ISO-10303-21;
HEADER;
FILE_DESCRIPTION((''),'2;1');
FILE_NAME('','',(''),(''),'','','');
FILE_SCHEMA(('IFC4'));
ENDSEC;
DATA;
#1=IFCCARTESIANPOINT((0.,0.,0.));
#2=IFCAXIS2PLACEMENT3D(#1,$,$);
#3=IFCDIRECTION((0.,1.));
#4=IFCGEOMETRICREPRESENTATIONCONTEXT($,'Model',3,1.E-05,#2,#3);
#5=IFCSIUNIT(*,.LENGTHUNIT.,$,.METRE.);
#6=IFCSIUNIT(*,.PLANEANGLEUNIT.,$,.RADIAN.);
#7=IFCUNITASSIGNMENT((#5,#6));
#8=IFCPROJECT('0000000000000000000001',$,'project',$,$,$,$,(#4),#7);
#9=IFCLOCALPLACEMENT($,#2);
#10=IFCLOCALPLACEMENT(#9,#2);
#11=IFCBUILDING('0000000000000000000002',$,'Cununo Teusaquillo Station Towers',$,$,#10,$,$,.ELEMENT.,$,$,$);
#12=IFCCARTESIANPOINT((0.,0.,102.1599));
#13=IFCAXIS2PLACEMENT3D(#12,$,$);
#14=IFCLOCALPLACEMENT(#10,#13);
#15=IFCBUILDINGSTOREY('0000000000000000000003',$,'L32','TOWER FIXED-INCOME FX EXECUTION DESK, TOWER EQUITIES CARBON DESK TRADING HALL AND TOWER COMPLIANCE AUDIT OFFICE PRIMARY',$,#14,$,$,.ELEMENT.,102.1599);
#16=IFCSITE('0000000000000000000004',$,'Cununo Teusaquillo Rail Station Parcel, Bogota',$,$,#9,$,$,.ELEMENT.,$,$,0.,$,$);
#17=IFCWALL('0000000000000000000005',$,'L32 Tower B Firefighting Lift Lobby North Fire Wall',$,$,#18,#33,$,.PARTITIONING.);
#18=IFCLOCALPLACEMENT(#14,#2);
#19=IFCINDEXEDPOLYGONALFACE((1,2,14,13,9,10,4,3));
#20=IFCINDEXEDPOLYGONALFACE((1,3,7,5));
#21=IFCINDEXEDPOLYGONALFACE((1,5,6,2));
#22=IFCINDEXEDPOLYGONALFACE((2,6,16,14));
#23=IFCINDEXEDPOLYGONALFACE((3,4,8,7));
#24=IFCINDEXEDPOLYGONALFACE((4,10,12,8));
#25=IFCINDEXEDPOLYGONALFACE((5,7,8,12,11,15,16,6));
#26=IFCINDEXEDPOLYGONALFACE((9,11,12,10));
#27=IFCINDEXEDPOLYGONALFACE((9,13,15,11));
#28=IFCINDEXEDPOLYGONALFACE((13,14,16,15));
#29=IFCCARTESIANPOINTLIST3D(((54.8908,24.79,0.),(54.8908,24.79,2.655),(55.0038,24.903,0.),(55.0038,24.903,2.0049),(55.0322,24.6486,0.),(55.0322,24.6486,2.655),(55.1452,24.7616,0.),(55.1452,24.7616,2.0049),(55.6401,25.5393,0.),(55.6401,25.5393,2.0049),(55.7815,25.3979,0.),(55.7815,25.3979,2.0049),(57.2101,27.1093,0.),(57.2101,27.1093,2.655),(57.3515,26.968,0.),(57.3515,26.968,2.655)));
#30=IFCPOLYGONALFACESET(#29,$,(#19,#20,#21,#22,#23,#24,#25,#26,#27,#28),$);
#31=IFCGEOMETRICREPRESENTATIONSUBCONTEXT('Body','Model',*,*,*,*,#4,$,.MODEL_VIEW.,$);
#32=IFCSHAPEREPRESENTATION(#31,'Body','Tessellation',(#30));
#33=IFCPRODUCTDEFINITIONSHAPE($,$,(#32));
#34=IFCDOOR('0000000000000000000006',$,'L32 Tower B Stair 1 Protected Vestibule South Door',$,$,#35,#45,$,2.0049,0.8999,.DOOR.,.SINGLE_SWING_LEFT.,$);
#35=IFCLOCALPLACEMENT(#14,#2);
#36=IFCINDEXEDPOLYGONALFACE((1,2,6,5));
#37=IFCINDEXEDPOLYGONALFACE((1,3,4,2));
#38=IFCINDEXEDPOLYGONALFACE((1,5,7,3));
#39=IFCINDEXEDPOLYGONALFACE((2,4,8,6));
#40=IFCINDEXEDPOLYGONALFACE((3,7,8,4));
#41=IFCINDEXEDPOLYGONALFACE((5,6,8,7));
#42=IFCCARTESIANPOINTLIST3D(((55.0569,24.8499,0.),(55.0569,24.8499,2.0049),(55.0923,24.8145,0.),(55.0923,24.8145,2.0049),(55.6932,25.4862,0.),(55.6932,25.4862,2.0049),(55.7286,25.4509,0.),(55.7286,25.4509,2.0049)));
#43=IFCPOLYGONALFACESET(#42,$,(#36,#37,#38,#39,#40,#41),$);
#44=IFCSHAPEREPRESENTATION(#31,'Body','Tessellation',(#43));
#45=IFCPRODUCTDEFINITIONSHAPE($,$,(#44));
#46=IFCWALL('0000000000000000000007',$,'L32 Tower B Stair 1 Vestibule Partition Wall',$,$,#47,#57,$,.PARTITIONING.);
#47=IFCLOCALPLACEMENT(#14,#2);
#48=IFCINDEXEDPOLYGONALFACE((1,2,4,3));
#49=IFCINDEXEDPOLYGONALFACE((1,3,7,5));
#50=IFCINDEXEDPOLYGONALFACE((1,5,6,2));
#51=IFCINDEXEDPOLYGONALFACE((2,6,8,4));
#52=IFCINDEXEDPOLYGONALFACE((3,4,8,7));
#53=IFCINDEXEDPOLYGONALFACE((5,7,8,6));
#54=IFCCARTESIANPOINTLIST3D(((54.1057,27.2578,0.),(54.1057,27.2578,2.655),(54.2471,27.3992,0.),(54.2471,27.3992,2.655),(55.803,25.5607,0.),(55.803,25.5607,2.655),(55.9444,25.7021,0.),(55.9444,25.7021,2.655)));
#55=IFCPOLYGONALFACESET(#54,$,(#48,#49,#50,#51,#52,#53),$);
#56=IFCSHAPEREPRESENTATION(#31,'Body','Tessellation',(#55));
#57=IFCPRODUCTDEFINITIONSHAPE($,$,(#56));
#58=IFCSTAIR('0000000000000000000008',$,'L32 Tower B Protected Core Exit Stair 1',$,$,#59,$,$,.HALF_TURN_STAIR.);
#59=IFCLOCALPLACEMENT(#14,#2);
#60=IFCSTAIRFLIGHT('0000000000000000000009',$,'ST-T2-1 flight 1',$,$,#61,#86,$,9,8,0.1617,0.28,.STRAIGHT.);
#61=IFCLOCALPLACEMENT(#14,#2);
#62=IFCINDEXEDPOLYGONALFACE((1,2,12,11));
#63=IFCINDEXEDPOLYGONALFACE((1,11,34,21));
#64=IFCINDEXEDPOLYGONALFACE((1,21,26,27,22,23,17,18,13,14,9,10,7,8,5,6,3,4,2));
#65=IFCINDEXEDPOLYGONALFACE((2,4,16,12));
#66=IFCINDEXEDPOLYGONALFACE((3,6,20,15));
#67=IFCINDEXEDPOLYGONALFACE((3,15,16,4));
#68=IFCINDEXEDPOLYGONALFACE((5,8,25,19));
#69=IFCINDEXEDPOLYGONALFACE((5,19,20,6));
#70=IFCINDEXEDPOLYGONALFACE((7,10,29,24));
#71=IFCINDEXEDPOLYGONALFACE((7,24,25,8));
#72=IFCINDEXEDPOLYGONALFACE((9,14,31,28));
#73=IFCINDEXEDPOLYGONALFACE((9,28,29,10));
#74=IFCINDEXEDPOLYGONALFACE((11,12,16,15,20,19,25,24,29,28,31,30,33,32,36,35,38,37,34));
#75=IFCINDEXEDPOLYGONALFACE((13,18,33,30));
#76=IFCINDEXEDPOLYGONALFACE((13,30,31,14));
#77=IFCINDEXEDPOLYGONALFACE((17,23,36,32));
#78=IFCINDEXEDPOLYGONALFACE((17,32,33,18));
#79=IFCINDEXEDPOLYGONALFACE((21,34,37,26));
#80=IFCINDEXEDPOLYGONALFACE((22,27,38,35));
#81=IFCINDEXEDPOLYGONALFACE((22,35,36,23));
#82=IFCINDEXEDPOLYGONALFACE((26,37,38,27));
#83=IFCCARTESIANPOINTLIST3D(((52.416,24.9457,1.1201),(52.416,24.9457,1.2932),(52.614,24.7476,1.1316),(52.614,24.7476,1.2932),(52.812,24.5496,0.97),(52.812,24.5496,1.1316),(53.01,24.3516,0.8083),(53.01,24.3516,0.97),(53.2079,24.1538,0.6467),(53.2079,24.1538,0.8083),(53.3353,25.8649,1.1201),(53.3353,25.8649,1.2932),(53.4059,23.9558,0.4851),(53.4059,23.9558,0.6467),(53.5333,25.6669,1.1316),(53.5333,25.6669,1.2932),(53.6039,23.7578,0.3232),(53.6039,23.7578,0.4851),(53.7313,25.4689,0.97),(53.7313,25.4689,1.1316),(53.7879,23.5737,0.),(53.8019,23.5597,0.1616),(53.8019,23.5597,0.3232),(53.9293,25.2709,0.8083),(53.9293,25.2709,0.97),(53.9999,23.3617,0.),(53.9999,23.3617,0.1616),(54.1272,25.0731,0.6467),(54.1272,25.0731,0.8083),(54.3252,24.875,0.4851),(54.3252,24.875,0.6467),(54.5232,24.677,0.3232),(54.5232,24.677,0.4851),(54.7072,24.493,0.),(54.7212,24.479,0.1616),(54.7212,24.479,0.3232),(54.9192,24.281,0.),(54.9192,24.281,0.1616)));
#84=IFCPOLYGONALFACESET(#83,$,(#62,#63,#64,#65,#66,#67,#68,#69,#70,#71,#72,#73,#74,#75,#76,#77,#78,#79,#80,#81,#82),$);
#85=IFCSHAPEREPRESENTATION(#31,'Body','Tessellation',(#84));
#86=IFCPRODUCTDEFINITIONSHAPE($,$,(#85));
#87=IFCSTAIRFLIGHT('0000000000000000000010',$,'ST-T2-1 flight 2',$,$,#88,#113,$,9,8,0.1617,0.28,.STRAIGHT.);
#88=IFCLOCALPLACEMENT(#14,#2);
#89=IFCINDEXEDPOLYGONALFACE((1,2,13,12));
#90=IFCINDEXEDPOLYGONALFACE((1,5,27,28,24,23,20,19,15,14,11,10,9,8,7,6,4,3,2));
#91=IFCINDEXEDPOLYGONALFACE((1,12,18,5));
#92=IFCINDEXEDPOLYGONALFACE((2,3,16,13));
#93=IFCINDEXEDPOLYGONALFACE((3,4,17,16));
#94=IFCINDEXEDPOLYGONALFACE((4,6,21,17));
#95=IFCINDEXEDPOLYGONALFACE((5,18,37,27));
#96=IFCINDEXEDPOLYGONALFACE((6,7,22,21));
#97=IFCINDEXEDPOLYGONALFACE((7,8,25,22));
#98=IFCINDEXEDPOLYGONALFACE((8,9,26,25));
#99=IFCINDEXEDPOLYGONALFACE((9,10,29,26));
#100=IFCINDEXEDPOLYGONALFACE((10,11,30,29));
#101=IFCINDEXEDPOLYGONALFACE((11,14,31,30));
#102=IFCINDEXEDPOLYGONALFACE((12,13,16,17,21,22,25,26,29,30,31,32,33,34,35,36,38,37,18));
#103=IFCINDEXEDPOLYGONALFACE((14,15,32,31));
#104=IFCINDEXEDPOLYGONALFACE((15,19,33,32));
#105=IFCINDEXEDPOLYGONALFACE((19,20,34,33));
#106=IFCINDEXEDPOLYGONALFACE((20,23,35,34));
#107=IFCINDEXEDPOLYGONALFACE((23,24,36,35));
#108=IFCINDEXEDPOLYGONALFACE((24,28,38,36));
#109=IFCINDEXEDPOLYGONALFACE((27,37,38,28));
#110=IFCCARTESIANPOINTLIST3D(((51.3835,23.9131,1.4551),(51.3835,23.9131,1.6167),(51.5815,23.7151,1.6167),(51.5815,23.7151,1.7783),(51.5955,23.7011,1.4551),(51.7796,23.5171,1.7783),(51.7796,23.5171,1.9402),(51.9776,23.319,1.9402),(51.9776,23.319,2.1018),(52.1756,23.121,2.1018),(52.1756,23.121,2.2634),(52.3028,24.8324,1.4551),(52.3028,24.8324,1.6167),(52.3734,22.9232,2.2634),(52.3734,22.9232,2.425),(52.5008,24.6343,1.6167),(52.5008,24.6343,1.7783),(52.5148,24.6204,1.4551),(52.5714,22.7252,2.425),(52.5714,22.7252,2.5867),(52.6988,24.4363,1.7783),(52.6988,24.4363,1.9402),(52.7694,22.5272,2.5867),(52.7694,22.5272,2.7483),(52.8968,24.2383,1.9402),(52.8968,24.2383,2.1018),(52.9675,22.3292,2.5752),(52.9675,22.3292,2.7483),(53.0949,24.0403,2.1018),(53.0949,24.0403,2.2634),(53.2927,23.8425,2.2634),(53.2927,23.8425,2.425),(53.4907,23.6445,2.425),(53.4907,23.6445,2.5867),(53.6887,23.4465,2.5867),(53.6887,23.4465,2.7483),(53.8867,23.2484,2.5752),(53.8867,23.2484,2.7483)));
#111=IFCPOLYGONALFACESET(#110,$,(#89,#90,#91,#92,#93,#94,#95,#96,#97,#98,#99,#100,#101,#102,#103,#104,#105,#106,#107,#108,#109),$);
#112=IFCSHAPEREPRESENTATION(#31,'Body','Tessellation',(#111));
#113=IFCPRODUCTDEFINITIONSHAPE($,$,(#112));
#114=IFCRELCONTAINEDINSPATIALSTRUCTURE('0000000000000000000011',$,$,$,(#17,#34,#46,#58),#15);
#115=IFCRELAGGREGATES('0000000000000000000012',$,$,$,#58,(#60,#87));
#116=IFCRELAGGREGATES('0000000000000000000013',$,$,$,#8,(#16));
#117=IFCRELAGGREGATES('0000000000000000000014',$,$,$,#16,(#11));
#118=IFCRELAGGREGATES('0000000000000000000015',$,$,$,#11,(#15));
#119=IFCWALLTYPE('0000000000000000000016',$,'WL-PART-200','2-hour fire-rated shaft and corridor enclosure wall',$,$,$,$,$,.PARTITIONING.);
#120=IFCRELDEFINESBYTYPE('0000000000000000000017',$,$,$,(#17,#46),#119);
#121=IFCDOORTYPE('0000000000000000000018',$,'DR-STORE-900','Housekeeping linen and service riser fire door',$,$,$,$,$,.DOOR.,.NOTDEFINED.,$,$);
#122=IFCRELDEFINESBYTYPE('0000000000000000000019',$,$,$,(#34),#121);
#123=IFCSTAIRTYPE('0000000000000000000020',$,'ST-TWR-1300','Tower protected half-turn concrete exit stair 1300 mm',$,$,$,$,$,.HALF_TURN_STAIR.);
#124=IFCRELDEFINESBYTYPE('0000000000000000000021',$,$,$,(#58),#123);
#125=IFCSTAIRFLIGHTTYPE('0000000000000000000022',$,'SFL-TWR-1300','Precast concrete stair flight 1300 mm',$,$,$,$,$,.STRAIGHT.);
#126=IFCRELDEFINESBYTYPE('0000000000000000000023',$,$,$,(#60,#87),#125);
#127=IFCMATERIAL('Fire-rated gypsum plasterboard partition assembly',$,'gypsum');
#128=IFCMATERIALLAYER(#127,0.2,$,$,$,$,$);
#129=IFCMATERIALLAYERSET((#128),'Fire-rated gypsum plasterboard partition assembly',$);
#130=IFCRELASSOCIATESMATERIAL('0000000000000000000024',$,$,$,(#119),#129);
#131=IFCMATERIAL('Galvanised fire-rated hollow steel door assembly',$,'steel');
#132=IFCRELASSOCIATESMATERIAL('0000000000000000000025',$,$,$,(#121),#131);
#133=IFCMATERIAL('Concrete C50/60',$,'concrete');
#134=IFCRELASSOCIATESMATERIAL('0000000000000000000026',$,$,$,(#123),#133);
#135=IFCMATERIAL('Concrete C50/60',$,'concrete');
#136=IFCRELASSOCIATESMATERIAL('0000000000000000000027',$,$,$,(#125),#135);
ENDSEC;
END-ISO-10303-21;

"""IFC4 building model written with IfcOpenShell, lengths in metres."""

from ifc_helpers import new_model, si_unit, direction, frame, frame_2d, origin, place, context, subcontext, project, spatial, polyline, rectangle, outline, extrude, source, transform, mapped, material, layer, layer_set, type_object, element, fill, aggregate, save


model = new_model("IFC4")

# Units and contexts
model_context = context("Model", 3, precision=1e-05, world=origin(), true_north=direction((0.0, 1.0)))
body_context = subcontext(model_context, "Body", "Model", "MODEL_VIEW")
ifc_project = project(units=[si_unit("LENGTHUNIT", "METRE"), si_unit("PLANEANGLEUNIT", "RADIAN")], contexts=[model_context])

# Site, building, storey
site_placement = place(None, origin())
site = spatial("IfcSite", under=ifc_project, at=site_placement, Name="Cununo Teusaquillo Rail Station Parcel, Bogota", CompositionType="ELEMENT", RefElevation=0.0)
building_placement = place(site_placement, origin())
building = spatial("IfcBuilding", under=site, at=building_placement, Name="Cununo Teusaquillo Station Towers", CompositionType="ELEMENT")
storey_placement = place(building_placement, frame((0.0, 0.0, 102.1599)))
storey = spatial("IfcBuildingStorey", under=building, at=storey_placement, Name="L32", Description="TOWER FIXED-INCOME FX EXECUTION DESK, TOWER EQUITIES CARBON DESK TRADING HALL AND TOWER COMPLIANCE AUDIT OFFICE PRIMARY", CompositionType="ELEMENT", Elevation=102.1599)

# Wall, opening, door
ifc_material_1 = material(Name="Fire-rated gypsum plasterboard partition assembly", Category="gypsum")
ifc_layer_1 = layer(ifc_material_1, 0.2)
ifc_layer_set_1 = layer_set([ifc_layer_1], Name="Fire-rated gypsum plasterboard partition assembly")
wall_type_1 = type_object("IfcWallType", Name="WL-PART-200", Description="2-hour fire-rated shaft and corridor enclosure wall", PredefinedType="PARTITIONING", material=ifc_layer_set_1)
wall_1_placement = place(storey_placement, frame((54.9614, 24.7192, 0.0), z_axis=(0.0, 0.0, 1.0), x_axis=(0.707107, 0.707107, 0.0)))
wall_1 = element("IfcWall", 1, at=wall_1_placement, inside=storey, type_object=wall_type_1, Name="L32 Tower B Firefighting Lift Lobby North Fire Wall", PredefinedType="PARTITIONING", context=body_context, shape_type="SweptSolid", body=[
    extrude(rectangle(XDim=3.28, YDim=0.2, at=frame_2d((1.6401, 0.0))), origin(), (0.0, 0.0, 1.0), 2.655),
])
shared_shape_1 = source(origin(), body_context, "Body", "SweptSolid", [
    extrude(rectangle(XDim=0.8999, YDim=2.0049, at=frame_2d((0.45, 1.0024))), frame((0.0, 0.1099, 0.0), z_axis=(0.0, -1.0, 0.0), x_axis=(1.0, 0.0, 0.0)), (0.0, 0.0, 1.0), 0.22),
])
opening_1_placement = place(wall_1_placement, frame((0.1599, 0.0, 0.0)))
opening_1 = element("IfcOpeningElement", 2, at=opening_1_placement, cuts=wall_1, PredefinedType="OPENING", context=body_context, shape_type="MappedRepresentation", body=[
    mapped(shared_shape_1, transform((0.0, 0.0, 0.0), x_axis=(1.0, 0.0, 0.0), y_axis=(0.0, 1.0, 0.0), z_axis=(0.0, 0.0, 1.0), scale=1.0)),
])
ifc_material_2 = material(Name="Galvanised fire-rated hollow steel door assembly", Category="steel")
door_type_1 = type_object("IfcDoorType", Name="DR-STORE-900", Description="Housekeeping linen and service riser fire door", OperationType="NOTDEFINED", PredefinedType="DOOR", material=ifc_material_2)
shared_shape_2 = source(origin(), body_context, "Body", "SweptSolid", [
    extrude(rectangle(XDim=0.8999, YDim=2.0049, at=frame_2d((0.45, 1.0024))), frame((0.0, 0.0249, 0.0), z_axis=(0.0, -1.0, 0.0), x_axis=(1.0, 0.0, 0.0)), (0.0, 0.0, 1.0), 0.05),
])
door_1_placement = place(opening_1_placement, origin())
door_1 = element("IfcDoor", 3, at=door_1_placement, inside=storey, type_object=door_type_1, Name="L32 Tower B Stair 1 Protected Vestibule South Door", OperationType="SINGLE_SWING_LEFT", OverallHeight=2.0049, OverallWidth=0.8999, PredefinedType="DOOR", context=body_context, shape_type="MappedRepresentation", body=[
    mapped(shared_shape_2, transform((0.0, 0.0, 0.0), x_axis=(1.0, 0.0, 0.0), y_axis=(0.0, 1.0, 0.0), z_axis=(0.0, 0.0, 1.0), scale=1.0)),
])
fill(opening_1, door_1)

# Wall
wall_2_placement = place(storey_placement, frame((55.8738, 25.6313, 0.0), z_axis=(0.0, 0.0, 1.0), x_axis=(-0.707158, 0.707056, 0.0)))
element("IfcWall", 4, at=wall_2_placement, inside=storey, type_object=wall_type_1, Name="L32 Tower B Stair 1 Vestibule Partition Wall", PredefinedType="PARTITIONING", context=body_context, shape_type="SweptSolid", body=[
    extrude(rectangle(XDim=2.4001, YDim=0.2, at=frame_2d((1.2002, 0.0))), origin(), (0.0, 0.0, 1.0), 2.655),
])

# Stair, stair flights
ifc_material_3 = material(Name="Concrete C50/60", Category="concrete")
stair_type = type_object("IfcStairType", Name="ST-TWR-1300", Description="Tower protected half-turn concrete exit stair 1300 mm", PredefinedType="HALF_TURN_STAIR", material=ifc_material_3)
stair_placement = place(storey_placement, origin())
stair = element("IfcStair", 5, at=stair_placement, inside=storey, type_object=stair_type, Name="L32 Tower B Protected Core Exit Stair 1", PredefinedType="HALF_TURN_STAIR")
ifc_material_4 = material(Name="Concrete C50/60", Category="concrete")
stair_flight_type = type_object("IfcStairFlightType", Name="SFL-TWR-1300", Description="Precast concrete stair flight 1300 mm", PredefinedType="STRAIGHT", material=ifc_material_4)
stair_flight_1_placement = place(storey_placement, frame((54.4595, 23.8213, 0.0), z_axis=(0.0, 0.0, 1.0), x_axis=(-0.707107, 0.707107, 0.0)))
stair_flight_1 = element("IfcStairFlight", 6, at=stair_flight_1_placement, type_object=stair_flight_type, Name="ST-T2-1 flight 1", NumberOfRisers=9, NumberOfTreads=8, PredefinedType="STRAIGHT", RiserHeight=0.1617, TreadLength=0.28, context=body_context, shape_type="SweptSolid", body=[
    extrude(outline(polyline([(0.0, 0.0), (0.0, 0.1616), (0.28, 0.1616), (0.28, 0.3232), (0.5601, 0.3232), (0.5601, 0.4851), (0.8401, 0.4851), (0.8401, 0.6467), (1.1201, 0.6467), (1.1201, 0.8083), (1.3999, 0.8083), (1.3999, 0.97), (1.6799, 0.97), (1.6799, 1.1316), (1.96, 1.1316), (1.96, 1.2932), (2.24, 1.2932), (2.24, 1.4551), (2.24, 1.1201), (0.2998, 0.0), (0.0, 0.0)])), frame((0.0, 0.6499, 0.0), z_axis=(0.0, -1.0, 0.0), x_axis=(1.0, 0.0, 0.0)), (0.0, 0.0, 1.0), 1.3),
])
stair_flight_2_placement = place(storey_placement, frame((51.8433, 24.3728, 1.4551), z_axis=(0.0, 0.0, 1.0), x_axis=(0.707107, -0.707107, 0.0)))
stair_flight_2 = element("IfcStairFlight", 7, at=stair_flight_2_placement, type_object=stair_flight_type, Name="ST-T2-1 flight 2", NumberOfRisers=9, NumberOfTreads=8, PredefinedType="STRAIGHT", RiserHeight=0.1617, TreadLength=0.28, context=body_context, shape_type="SweptSolid", body=[
    extrude(outline(polyline([(0.0, 0.0), (0.0, 0.1616), (0.28, 0.1616), (0.28, 0.3232), (0.5601, 0.3232), (0.5601, 0.4851), (0.8401, 0.4851), (0.8401, 0.6467), (1.1201, 0.6467), (1.1201, 0.8083), (1.3999, 0.8083), (1.3999, 0.97), (1.6799, 0.97), (1.6799, 1.1316), (1.96, 1.1316), (1.96, 1.2932), (2.24, 1.2932), (2.24, 1.4551), (2.24, 1.1201), (0.2998, 0.0), (0.0, 0.0)])), frame((0.0, 0.6499, 0.0), z_axis=(0.0, -1.0, 0.0), x_axis=(1.0, 0.0, 0.0)), (0.0, 0.0, 1.0), 1.3),
])
aggregate(stair, [stair_flight_1, stair_flight_2])

save(model, "model.ifc")
